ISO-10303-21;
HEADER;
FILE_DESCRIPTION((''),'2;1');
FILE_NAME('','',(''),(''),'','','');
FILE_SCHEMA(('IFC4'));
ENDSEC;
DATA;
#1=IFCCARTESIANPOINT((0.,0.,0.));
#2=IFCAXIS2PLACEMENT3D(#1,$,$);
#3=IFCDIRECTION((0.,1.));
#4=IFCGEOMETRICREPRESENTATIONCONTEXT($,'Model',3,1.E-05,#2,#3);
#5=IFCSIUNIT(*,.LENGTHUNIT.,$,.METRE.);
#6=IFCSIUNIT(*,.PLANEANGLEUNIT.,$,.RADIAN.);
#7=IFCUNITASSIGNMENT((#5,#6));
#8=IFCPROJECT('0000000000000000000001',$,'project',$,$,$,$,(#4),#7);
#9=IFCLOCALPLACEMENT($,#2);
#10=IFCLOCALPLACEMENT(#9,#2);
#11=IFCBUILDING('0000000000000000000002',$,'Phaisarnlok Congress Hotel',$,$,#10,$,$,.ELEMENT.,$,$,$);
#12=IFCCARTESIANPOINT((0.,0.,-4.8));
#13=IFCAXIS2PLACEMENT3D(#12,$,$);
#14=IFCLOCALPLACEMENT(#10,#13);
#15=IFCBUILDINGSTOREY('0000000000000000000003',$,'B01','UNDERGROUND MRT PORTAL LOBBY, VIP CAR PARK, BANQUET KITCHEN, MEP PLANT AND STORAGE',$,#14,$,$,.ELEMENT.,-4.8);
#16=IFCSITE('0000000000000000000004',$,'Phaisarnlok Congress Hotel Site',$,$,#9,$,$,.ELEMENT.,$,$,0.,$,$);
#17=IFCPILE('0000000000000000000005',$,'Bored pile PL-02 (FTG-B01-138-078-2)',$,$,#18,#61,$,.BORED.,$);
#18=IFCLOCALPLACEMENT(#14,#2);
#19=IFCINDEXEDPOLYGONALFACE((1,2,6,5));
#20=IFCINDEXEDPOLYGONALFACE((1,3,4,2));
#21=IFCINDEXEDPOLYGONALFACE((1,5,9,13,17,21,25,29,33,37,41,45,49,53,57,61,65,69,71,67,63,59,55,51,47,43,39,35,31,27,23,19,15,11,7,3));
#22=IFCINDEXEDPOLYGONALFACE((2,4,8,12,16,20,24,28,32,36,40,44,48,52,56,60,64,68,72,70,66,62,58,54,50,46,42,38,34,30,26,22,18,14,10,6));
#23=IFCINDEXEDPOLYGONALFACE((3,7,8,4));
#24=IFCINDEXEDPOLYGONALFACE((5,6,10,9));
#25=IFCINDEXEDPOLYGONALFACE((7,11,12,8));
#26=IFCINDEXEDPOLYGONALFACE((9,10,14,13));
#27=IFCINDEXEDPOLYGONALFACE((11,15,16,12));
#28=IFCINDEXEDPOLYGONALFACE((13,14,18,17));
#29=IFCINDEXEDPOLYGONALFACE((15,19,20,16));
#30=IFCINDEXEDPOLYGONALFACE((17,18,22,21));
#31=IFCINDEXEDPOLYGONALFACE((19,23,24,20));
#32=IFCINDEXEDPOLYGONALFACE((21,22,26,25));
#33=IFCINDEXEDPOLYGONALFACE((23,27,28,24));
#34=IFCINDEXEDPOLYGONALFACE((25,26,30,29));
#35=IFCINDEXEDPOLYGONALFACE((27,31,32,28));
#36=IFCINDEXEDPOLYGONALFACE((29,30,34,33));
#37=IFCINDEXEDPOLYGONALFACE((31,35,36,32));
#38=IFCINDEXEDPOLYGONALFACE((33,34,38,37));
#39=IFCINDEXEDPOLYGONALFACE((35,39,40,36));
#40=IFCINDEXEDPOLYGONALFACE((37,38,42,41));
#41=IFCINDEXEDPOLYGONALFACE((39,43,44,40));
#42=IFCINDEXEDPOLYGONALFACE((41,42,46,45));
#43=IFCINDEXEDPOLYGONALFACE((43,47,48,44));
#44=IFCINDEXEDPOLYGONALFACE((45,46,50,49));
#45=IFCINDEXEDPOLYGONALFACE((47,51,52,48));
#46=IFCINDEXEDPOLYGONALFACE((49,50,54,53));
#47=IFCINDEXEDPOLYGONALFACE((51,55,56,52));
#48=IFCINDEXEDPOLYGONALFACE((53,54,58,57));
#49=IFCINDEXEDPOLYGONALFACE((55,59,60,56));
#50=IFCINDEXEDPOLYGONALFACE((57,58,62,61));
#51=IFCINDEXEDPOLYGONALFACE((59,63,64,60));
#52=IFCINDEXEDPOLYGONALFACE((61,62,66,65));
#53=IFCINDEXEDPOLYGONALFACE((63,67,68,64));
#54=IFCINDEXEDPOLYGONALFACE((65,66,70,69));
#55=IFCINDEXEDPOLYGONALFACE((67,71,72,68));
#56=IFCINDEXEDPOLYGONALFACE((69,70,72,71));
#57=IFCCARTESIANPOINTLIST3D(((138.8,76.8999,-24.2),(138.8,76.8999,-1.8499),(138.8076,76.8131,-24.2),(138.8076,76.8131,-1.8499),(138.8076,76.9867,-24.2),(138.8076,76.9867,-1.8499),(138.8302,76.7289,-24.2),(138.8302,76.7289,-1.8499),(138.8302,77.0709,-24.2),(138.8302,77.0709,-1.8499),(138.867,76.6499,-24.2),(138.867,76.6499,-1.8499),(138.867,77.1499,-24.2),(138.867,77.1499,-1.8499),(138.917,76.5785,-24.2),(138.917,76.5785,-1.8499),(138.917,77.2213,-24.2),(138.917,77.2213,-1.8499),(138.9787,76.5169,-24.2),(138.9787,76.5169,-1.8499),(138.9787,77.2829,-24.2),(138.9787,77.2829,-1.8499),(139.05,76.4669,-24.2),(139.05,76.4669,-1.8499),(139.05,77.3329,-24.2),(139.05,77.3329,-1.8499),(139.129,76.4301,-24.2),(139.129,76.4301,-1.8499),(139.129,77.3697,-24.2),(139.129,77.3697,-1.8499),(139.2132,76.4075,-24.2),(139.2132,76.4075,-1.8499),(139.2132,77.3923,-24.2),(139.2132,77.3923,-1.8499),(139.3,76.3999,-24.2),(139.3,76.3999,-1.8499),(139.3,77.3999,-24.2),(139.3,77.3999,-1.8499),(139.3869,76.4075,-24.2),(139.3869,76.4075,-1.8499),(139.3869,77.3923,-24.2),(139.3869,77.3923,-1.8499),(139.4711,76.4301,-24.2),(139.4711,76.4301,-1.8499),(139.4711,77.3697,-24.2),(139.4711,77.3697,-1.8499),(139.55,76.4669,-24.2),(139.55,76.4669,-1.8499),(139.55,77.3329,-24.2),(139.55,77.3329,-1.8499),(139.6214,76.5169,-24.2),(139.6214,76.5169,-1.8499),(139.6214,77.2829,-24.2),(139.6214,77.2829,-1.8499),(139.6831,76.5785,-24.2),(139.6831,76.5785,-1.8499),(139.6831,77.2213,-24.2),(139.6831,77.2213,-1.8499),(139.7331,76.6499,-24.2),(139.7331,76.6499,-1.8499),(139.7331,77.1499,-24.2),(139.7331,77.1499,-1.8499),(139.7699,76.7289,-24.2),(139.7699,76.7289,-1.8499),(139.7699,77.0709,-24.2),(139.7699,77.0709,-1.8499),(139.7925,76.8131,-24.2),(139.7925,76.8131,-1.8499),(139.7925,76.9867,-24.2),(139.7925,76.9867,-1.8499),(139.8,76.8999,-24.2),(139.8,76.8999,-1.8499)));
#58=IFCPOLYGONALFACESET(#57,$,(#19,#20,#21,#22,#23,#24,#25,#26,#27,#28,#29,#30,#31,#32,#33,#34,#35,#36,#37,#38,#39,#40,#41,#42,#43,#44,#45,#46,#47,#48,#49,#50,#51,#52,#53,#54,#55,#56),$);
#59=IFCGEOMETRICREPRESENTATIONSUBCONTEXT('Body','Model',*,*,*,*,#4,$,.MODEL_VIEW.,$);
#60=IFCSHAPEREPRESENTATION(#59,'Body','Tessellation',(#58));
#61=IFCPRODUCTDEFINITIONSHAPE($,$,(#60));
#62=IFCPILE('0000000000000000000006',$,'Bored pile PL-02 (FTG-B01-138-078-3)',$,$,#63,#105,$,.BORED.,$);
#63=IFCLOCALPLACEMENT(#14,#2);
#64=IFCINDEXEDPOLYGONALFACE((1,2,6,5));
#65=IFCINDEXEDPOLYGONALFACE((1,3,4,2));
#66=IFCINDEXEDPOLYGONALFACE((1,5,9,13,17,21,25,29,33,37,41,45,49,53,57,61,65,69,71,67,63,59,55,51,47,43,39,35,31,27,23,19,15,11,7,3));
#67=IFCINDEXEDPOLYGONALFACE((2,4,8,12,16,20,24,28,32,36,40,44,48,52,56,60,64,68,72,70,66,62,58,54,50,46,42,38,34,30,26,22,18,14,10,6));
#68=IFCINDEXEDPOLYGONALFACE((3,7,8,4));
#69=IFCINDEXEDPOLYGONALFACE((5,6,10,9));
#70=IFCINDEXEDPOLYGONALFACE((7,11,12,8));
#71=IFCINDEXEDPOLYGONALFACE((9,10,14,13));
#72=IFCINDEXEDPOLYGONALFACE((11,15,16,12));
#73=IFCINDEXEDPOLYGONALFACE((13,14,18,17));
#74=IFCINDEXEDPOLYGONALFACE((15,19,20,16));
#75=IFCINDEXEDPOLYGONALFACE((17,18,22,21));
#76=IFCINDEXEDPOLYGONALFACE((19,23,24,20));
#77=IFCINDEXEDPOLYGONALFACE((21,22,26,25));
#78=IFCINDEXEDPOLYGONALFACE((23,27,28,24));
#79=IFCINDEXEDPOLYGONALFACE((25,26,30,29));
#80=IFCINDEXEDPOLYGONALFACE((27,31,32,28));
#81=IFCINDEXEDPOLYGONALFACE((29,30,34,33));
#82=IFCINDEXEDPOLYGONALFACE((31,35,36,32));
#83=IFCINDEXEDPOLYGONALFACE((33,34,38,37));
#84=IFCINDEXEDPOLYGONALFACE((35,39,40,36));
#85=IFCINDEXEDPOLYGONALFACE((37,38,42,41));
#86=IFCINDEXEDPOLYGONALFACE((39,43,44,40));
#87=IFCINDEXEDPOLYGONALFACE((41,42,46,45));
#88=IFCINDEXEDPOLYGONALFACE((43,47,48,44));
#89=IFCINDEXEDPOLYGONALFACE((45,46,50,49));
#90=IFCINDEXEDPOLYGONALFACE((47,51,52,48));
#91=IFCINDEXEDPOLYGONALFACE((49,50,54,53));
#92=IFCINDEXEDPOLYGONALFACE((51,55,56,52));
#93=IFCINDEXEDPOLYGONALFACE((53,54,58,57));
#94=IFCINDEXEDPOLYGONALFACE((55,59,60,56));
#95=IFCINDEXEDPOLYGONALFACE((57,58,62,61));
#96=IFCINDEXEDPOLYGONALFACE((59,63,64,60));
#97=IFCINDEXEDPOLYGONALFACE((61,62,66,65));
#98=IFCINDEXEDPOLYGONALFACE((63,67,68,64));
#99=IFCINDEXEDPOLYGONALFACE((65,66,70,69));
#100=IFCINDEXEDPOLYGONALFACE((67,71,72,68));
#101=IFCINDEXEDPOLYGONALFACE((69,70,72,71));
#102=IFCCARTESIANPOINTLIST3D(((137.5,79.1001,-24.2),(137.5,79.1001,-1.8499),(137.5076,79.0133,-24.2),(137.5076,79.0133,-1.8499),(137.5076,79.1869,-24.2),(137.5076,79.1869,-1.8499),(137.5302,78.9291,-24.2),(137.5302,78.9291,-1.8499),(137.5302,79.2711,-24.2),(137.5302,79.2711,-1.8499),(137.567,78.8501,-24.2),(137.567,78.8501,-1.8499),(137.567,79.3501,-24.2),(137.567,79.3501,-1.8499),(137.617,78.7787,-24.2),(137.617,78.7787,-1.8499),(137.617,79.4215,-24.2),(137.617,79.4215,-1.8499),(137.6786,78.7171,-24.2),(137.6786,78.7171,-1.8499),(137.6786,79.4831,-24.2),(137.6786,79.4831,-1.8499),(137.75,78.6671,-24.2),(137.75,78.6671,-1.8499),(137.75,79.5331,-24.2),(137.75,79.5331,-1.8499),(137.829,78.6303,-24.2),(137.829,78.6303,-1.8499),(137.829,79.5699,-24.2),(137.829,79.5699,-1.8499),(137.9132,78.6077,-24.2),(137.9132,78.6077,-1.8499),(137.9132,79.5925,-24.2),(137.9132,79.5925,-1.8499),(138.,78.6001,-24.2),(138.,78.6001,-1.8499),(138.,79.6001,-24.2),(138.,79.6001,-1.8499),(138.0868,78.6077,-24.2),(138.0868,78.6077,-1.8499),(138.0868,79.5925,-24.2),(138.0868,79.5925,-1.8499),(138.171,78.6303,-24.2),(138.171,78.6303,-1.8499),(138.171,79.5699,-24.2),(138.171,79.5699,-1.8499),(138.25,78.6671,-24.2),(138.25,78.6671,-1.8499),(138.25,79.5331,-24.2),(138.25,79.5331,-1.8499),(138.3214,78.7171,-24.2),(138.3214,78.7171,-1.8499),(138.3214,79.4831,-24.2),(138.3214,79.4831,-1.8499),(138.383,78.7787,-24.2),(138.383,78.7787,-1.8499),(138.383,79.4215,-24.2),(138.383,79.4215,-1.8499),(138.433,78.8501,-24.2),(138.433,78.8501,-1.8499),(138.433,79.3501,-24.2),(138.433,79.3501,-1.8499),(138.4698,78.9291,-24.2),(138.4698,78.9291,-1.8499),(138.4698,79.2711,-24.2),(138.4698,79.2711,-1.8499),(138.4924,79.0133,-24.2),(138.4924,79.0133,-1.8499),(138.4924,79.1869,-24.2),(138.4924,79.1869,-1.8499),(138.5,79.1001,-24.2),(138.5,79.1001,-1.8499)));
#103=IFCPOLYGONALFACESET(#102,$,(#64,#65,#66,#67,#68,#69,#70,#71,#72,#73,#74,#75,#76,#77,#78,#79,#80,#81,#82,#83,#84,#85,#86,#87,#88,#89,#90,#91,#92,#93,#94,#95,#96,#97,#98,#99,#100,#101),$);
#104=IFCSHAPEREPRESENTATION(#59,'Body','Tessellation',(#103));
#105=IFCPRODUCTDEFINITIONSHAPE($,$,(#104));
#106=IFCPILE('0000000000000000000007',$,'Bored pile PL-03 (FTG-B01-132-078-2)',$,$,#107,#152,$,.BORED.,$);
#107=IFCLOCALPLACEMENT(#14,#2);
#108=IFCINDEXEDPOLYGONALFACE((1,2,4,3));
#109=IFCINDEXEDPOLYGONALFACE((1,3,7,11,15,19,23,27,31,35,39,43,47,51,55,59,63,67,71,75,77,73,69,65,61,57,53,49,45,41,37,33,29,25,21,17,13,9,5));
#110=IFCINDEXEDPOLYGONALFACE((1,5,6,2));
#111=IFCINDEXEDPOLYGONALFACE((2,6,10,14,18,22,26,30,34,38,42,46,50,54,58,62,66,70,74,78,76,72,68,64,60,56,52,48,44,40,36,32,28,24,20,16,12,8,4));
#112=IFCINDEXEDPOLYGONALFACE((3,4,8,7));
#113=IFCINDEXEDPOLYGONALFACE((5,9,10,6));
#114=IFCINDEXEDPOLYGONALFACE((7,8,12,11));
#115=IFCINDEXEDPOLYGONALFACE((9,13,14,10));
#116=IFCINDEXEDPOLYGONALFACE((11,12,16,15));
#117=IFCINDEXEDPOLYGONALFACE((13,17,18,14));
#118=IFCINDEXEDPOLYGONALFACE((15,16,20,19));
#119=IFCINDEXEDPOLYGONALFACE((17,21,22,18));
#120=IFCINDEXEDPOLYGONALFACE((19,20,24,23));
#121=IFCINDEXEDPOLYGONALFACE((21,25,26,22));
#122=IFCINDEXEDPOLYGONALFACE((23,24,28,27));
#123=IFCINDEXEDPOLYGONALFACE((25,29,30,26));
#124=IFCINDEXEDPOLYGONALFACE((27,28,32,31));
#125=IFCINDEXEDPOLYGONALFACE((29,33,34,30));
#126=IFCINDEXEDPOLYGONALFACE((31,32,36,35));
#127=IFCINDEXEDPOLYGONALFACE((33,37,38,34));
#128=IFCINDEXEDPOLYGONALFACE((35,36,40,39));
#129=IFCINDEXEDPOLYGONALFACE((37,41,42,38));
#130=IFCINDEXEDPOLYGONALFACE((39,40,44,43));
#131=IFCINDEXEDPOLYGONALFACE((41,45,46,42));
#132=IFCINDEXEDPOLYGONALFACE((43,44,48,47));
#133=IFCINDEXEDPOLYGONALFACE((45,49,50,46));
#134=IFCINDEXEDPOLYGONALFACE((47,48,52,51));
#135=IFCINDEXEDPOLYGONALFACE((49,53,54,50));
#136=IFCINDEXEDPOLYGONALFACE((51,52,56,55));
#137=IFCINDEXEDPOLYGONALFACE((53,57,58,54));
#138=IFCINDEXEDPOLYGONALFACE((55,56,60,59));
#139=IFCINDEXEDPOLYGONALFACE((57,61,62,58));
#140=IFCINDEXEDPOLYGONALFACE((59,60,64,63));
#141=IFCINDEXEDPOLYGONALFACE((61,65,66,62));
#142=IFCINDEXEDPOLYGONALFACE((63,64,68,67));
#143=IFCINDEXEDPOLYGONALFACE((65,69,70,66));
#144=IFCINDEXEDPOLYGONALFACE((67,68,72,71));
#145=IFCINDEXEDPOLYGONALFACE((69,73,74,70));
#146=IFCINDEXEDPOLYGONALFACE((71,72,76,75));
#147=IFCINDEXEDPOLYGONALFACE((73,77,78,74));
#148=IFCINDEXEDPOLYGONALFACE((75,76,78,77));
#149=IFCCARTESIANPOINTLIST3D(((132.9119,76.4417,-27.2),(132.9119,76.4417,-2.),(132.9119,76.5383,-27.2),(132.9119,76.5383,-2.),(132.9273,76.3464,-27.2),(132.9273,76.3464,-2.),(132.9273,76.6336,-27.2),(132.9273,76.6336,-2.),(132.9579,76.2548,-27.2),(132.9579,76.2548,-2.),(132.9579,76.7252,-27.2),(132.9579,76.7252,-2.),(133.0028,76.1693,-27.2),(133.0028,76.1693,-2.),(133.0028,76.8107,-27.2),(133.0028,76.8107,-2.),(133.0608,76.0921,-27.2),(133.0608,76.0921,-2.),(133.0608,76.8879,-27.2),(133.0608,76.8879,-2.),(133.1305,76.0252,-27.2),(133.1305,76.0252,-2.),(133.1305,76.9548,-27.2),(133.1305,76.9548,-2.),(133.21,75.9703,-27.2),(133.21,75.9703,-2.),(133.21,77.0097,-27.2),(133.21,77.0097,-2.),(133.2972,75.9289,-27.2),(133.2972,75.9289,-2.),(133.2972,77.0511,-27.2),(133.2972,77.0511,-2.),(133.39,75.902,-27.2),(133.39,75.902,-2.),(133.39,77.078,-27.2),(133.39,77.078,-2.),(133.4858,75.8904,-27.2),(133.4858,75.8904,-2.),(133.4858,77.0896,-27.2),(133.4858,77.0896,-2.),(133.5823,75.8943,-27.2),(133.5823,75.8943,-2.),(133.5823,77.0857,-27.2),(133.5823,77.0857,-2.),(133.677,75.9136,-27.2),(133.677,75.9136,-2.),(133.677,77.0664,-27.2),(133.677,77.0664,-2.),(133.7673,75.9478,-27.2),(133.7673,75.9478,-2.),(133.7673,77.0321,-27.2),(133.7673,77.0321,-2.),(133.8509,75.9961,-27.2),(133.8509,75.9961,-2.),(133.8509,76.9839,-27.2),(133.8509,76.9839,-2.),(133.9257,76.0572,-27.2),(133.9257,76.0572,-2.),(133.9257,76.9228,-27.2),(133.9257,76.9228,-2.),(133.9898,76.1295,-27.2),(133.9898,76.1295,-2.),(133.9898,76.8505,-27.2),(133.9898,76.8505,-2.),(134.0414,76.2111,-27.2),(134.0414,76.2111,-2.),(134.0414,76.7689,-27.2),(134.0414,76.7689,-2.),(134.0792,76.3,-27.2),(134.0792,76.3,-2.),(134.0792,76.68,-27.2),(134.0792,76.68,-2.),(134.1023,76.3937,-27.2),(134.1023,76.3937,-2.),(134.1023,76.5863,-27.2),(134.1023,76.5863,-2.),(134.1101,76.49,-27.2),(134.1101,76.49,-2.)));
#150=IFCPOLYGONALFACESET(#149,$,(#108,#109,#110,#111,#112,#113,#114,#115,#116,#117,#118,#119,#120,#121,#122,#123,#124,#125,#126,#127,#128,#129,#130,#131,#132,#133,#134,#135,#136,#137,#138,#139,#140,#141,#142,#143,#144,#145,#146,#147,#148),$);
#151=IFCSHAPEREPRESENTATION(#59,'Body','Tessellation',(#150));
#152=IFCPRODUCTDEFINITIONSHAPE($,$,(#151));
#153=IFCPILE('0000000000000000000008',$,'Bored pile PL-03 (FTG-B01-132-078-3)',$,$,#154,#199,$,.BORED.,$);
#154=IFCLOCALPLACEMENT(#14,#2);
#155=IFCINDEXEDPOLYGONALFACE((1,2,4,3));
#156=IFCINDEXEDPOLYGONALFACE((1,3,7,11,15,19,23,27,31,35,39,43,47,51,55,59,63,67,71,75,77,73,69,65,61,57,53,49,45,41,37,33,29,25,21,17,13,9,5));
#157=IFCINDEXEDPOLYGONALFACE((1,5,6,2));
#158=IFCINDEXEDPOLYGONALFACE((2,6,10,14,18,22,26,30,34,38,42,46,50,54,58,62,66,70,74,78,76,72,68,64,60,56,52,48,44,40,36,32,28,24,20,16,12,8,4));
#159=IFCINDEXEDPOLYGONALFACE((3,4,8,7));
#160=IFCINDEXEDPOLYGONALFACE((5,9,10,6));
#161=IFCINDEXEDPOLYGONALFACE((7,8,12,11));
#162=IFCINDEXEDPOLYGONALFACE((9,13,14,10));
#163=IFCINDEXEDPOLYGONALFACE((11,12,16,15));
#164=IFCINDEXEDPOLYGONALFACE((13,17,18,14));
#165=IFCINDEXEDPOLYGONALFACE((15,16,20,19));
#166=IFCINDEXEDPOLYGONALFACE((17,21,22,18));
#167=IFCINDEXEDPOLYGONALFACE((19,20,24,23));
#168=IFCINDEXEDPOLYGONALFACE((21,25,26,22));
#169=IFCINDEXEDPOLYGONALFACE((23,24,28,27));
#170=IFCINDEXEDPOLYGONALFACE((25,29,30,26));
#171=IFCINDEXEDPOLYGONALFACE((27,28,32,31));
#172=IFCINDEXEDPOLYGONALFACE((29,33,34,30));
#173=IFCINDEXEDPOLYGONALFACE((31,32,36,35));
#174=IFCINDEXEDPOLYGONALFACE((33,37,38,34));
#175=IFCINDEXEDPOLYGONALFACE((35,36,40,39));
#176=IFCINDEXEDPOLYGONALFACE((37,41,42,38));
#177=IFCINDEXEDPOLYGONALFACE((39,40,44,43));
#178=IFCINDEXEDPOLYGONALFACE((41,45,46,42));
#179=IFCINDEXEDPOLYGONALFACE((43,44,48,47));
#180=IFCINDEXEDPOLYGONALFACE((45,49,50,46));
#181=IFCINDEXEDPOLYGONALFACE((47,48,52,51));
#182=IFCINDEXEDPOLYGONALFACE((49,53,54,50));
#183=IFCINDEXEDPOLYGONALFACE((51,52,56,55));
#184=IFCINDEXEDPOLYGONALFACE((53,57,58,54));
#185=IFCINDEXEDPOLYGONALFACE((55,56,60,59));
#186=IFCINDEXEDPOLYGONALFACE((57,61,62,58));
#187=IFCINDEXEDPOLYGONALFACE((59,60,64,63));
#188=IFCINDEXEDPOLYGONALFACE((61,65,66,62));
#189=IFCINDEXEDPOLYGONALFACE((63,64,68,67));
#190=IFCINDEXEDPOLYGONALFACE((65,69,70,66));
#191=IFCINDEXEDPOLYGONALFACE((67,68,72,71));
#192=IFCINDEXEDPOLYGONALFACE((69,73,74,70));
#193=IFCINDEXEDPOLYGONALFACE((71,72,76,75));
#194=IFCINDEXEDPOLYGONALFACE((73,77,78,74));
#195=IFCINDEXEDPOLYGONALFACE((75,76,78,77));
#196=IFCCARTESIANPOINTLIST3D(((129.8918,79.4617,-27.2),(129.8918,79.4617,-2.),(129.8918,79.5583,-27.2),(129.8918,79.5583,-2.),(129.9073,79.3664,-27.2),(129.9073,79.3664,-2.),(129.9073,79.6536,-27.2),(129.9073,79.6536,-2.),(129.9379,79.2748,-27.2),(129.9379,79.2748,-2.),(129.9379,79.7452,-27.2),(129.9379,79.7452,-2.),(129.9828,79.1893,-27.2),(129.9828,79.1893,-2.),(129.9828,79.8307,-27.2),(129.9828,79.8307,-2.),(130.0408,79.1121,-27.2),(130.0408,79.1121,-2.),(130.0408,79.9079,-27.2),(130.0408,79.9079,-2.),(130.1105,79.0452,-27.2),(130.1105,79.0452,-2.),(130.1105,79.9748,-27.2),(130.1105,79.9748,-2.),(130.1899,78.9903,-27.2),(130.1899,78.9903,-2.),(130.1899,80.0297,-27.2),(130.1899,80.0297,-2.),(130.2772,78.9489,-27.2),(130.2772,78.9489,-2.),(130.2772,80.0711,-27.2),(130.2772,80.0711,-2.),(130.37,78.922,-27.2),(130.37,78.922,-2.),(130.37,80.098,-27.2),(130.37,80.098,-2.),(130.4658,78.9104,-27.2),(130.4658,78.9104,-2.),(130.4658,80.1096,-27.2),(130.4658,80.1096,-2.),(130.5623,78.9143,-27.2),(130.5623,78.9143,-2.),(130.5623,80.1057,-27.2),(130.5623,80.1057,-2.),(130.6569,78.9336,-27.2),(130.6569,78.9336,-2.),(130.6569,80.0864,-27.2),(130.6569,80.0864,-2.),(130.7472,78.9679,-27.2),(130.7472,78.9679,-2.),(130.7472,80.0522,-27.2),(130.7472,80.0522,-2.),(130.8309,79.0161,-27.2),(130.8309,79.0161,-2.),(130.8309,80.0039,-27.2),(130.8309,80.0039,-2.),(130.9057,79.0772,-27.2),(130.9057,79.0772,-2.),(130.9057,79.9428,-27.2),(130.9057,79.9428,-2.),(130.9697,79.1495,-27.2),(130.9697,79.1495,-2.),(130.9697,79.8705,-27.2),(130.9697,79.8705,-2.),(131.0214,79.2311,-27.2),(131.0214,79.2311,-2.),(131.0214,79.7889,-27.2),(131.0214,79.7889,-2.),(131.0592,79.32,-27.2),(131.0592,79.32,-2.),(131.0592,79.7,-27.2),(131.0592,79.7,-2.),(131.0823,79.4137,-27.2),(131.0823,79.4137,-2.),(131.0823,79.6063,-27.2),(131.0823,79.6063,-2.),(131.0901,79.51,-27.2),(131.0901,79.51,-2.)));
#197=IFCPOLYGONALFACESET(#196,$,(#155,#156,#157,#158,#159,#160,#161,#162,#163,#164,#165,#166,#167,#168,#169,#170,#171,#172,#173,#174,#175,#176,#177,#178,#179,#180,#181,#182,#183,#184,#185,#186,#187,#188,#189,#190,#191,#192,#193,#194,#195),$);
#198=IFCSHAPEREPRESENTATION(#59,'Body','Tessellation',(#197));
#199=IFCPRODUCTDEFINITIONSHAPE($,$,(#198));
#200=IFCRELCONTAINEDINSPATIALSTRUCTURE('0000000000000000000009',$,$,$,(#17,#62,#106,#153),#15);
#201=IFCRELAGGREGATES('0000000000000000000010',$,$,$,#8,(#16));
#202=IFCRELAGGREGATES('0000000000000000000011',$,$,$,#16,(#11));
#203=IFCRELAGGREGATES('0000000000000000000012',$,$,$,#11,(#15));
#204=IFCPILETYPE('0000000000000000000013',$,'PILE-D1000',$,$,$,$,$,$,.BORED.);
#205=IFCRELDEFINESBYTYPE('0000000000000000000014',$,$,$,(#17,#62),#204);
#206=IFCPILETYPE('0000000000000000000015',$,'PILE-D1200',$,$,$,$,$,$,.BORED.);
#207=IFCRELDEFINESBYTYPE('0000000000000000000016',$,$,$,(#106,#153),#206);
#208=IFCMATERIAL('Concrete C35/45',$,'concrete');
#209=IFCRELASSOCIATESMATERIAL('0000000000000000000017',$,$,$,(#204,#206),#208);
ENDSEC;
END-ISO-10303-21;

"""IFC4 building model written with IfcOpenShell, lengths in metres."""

from ifc_helpers import new_model, si_unit, direction, frame, origin, origin_2d, place, context, subcontext, project, spatial, circle, extrude, material, material_profile, profile_set, type_object, element, save


model = new_model("IFC4")

# Units and contexts
model_context = context("Model", 3, precision=1e-05, world=origin(), true_north=direction((0.0, 1.0)))
body_context = subcontext(model_context, "Body", "Model", "MODEL_VIEW")
ifc_project = project(units=[si_unit("LENGTHUNIT", "METRE"), si_unit("PLANEANGLEUNIT", "RADIAN")], contexts=[model_context])

# Site, building, storey
site_placement = place(None, origin())
site = spatial("IfcSite", under=ifc_project, at=site_placement, Name="Phaisarnlok Congress Hotel Site", CompositionType="ELEMENT", RefElevation=0.0)
building_placement = place(site_placement, origin())
building = spatial("IfcBuilding", under=site, at=building_placement, Name="Phaisarnlok Congress Hotel", CompositionType="ELEMENT")
storey_placement = place(building_placement, frame((0.0, 0.0, -4.8)))
storey = spatial("IfcBuildingStorey", under=building, at=storey_placement, Name="B01", Description="UNDERGROUND MRT PORTAL LOBBY, VIP CAR PARK, BANQUET KITCHEN, MEP PLANT AND STORAGE", CompositionType="ELEMENT", Elevation=-4.8)

# Piles
ifc_material_1 = material(Name="Concrete C35/45", Category="concrete")
ifc_material_profile_1 = material_profile(ifc_material_1, circle(Radius=0.5, at=origin_2d()), Name="BORED PILE D1000")
ifc_profile_set_1 = profile_set([ifc_material_profile_1], Name="Concrete C35/45")
pile_type_1 = type_object("IfcPileType", Name="PILE-D1000", PredefinedType="BORED", material=ifc_profile_set_1)
for number, where, z_axis, x_axis, name in (
    (1, (139.3, 76.8999, -1.8499), (0.0, 0.0, -1.0), (1.0, 0.0, 0.0), "Bored pile PL-02 (FTG-B01-138-078-2)"),
    (2, (138.0, 79.1001, -1.8499), (0.0, 0.0, -1.0), (1.0, 0.0, 0.0), "Bored pile PL-02 (FTG-B01-138-078-3)"),
):
    element("IfcPile", number, at=place(storey_placement, frame(where, z_axis=z_axis, x_axis=x_axis)), inside=storey, type_object=pile_type_1, Name=name, PredefinedType="BORED", context=body_context, shape_type="SweptSolid", body=[
        extrude(circle(Radius=0.5, at=origin_2d()), origin(), (0.0, 0.0, 1.0), 22.3501),
    ])
ifc_material_profile_2 = material_profile(ifc_material_1, circle(Radius=0.6001, at=origin_2d()), Name="BORED PILE D1200")
ifc_profile_set_2 = profile_set([ifc_material_profile_2], Name="Concrete C35/45")
pile_type_2 = type_object("IfcPileType", Name="PILE-D1200", PredefinedType="BORED", material=ifc_profile_set_2)
for number, where, z_axis, x_axis, name in (
    (3, (133.51, 76.49, -2.0), (0.0, 0.0, -1.0), (1.0, 0.0, 0.0), "Bored pile PL-03 (FTG-B01-132-078-2)"),
    (4, (130.49, 79.51, -2.0), (0.0, 0.0, -1.0), (1.0, 0.0, 0.0), "Bored pile PL-03 (FTG-B01-132-078-3)"),
):
    element("IfcPile", number, at=place(storey_placement, frame(where, z_axis=z_axis, x_axis=x_axis)), inside=storey, type_object=pile_type_2, Name=name, PredefinedType="BORED", context=body_context, shape_type="SweptSolid", body=[
        extrude(circle(Radius=0.6001, at=origin_2d()), origin(), (0.0, 0.0, 1.0), 25.2),
    ])

save(model, "model.ifc")
